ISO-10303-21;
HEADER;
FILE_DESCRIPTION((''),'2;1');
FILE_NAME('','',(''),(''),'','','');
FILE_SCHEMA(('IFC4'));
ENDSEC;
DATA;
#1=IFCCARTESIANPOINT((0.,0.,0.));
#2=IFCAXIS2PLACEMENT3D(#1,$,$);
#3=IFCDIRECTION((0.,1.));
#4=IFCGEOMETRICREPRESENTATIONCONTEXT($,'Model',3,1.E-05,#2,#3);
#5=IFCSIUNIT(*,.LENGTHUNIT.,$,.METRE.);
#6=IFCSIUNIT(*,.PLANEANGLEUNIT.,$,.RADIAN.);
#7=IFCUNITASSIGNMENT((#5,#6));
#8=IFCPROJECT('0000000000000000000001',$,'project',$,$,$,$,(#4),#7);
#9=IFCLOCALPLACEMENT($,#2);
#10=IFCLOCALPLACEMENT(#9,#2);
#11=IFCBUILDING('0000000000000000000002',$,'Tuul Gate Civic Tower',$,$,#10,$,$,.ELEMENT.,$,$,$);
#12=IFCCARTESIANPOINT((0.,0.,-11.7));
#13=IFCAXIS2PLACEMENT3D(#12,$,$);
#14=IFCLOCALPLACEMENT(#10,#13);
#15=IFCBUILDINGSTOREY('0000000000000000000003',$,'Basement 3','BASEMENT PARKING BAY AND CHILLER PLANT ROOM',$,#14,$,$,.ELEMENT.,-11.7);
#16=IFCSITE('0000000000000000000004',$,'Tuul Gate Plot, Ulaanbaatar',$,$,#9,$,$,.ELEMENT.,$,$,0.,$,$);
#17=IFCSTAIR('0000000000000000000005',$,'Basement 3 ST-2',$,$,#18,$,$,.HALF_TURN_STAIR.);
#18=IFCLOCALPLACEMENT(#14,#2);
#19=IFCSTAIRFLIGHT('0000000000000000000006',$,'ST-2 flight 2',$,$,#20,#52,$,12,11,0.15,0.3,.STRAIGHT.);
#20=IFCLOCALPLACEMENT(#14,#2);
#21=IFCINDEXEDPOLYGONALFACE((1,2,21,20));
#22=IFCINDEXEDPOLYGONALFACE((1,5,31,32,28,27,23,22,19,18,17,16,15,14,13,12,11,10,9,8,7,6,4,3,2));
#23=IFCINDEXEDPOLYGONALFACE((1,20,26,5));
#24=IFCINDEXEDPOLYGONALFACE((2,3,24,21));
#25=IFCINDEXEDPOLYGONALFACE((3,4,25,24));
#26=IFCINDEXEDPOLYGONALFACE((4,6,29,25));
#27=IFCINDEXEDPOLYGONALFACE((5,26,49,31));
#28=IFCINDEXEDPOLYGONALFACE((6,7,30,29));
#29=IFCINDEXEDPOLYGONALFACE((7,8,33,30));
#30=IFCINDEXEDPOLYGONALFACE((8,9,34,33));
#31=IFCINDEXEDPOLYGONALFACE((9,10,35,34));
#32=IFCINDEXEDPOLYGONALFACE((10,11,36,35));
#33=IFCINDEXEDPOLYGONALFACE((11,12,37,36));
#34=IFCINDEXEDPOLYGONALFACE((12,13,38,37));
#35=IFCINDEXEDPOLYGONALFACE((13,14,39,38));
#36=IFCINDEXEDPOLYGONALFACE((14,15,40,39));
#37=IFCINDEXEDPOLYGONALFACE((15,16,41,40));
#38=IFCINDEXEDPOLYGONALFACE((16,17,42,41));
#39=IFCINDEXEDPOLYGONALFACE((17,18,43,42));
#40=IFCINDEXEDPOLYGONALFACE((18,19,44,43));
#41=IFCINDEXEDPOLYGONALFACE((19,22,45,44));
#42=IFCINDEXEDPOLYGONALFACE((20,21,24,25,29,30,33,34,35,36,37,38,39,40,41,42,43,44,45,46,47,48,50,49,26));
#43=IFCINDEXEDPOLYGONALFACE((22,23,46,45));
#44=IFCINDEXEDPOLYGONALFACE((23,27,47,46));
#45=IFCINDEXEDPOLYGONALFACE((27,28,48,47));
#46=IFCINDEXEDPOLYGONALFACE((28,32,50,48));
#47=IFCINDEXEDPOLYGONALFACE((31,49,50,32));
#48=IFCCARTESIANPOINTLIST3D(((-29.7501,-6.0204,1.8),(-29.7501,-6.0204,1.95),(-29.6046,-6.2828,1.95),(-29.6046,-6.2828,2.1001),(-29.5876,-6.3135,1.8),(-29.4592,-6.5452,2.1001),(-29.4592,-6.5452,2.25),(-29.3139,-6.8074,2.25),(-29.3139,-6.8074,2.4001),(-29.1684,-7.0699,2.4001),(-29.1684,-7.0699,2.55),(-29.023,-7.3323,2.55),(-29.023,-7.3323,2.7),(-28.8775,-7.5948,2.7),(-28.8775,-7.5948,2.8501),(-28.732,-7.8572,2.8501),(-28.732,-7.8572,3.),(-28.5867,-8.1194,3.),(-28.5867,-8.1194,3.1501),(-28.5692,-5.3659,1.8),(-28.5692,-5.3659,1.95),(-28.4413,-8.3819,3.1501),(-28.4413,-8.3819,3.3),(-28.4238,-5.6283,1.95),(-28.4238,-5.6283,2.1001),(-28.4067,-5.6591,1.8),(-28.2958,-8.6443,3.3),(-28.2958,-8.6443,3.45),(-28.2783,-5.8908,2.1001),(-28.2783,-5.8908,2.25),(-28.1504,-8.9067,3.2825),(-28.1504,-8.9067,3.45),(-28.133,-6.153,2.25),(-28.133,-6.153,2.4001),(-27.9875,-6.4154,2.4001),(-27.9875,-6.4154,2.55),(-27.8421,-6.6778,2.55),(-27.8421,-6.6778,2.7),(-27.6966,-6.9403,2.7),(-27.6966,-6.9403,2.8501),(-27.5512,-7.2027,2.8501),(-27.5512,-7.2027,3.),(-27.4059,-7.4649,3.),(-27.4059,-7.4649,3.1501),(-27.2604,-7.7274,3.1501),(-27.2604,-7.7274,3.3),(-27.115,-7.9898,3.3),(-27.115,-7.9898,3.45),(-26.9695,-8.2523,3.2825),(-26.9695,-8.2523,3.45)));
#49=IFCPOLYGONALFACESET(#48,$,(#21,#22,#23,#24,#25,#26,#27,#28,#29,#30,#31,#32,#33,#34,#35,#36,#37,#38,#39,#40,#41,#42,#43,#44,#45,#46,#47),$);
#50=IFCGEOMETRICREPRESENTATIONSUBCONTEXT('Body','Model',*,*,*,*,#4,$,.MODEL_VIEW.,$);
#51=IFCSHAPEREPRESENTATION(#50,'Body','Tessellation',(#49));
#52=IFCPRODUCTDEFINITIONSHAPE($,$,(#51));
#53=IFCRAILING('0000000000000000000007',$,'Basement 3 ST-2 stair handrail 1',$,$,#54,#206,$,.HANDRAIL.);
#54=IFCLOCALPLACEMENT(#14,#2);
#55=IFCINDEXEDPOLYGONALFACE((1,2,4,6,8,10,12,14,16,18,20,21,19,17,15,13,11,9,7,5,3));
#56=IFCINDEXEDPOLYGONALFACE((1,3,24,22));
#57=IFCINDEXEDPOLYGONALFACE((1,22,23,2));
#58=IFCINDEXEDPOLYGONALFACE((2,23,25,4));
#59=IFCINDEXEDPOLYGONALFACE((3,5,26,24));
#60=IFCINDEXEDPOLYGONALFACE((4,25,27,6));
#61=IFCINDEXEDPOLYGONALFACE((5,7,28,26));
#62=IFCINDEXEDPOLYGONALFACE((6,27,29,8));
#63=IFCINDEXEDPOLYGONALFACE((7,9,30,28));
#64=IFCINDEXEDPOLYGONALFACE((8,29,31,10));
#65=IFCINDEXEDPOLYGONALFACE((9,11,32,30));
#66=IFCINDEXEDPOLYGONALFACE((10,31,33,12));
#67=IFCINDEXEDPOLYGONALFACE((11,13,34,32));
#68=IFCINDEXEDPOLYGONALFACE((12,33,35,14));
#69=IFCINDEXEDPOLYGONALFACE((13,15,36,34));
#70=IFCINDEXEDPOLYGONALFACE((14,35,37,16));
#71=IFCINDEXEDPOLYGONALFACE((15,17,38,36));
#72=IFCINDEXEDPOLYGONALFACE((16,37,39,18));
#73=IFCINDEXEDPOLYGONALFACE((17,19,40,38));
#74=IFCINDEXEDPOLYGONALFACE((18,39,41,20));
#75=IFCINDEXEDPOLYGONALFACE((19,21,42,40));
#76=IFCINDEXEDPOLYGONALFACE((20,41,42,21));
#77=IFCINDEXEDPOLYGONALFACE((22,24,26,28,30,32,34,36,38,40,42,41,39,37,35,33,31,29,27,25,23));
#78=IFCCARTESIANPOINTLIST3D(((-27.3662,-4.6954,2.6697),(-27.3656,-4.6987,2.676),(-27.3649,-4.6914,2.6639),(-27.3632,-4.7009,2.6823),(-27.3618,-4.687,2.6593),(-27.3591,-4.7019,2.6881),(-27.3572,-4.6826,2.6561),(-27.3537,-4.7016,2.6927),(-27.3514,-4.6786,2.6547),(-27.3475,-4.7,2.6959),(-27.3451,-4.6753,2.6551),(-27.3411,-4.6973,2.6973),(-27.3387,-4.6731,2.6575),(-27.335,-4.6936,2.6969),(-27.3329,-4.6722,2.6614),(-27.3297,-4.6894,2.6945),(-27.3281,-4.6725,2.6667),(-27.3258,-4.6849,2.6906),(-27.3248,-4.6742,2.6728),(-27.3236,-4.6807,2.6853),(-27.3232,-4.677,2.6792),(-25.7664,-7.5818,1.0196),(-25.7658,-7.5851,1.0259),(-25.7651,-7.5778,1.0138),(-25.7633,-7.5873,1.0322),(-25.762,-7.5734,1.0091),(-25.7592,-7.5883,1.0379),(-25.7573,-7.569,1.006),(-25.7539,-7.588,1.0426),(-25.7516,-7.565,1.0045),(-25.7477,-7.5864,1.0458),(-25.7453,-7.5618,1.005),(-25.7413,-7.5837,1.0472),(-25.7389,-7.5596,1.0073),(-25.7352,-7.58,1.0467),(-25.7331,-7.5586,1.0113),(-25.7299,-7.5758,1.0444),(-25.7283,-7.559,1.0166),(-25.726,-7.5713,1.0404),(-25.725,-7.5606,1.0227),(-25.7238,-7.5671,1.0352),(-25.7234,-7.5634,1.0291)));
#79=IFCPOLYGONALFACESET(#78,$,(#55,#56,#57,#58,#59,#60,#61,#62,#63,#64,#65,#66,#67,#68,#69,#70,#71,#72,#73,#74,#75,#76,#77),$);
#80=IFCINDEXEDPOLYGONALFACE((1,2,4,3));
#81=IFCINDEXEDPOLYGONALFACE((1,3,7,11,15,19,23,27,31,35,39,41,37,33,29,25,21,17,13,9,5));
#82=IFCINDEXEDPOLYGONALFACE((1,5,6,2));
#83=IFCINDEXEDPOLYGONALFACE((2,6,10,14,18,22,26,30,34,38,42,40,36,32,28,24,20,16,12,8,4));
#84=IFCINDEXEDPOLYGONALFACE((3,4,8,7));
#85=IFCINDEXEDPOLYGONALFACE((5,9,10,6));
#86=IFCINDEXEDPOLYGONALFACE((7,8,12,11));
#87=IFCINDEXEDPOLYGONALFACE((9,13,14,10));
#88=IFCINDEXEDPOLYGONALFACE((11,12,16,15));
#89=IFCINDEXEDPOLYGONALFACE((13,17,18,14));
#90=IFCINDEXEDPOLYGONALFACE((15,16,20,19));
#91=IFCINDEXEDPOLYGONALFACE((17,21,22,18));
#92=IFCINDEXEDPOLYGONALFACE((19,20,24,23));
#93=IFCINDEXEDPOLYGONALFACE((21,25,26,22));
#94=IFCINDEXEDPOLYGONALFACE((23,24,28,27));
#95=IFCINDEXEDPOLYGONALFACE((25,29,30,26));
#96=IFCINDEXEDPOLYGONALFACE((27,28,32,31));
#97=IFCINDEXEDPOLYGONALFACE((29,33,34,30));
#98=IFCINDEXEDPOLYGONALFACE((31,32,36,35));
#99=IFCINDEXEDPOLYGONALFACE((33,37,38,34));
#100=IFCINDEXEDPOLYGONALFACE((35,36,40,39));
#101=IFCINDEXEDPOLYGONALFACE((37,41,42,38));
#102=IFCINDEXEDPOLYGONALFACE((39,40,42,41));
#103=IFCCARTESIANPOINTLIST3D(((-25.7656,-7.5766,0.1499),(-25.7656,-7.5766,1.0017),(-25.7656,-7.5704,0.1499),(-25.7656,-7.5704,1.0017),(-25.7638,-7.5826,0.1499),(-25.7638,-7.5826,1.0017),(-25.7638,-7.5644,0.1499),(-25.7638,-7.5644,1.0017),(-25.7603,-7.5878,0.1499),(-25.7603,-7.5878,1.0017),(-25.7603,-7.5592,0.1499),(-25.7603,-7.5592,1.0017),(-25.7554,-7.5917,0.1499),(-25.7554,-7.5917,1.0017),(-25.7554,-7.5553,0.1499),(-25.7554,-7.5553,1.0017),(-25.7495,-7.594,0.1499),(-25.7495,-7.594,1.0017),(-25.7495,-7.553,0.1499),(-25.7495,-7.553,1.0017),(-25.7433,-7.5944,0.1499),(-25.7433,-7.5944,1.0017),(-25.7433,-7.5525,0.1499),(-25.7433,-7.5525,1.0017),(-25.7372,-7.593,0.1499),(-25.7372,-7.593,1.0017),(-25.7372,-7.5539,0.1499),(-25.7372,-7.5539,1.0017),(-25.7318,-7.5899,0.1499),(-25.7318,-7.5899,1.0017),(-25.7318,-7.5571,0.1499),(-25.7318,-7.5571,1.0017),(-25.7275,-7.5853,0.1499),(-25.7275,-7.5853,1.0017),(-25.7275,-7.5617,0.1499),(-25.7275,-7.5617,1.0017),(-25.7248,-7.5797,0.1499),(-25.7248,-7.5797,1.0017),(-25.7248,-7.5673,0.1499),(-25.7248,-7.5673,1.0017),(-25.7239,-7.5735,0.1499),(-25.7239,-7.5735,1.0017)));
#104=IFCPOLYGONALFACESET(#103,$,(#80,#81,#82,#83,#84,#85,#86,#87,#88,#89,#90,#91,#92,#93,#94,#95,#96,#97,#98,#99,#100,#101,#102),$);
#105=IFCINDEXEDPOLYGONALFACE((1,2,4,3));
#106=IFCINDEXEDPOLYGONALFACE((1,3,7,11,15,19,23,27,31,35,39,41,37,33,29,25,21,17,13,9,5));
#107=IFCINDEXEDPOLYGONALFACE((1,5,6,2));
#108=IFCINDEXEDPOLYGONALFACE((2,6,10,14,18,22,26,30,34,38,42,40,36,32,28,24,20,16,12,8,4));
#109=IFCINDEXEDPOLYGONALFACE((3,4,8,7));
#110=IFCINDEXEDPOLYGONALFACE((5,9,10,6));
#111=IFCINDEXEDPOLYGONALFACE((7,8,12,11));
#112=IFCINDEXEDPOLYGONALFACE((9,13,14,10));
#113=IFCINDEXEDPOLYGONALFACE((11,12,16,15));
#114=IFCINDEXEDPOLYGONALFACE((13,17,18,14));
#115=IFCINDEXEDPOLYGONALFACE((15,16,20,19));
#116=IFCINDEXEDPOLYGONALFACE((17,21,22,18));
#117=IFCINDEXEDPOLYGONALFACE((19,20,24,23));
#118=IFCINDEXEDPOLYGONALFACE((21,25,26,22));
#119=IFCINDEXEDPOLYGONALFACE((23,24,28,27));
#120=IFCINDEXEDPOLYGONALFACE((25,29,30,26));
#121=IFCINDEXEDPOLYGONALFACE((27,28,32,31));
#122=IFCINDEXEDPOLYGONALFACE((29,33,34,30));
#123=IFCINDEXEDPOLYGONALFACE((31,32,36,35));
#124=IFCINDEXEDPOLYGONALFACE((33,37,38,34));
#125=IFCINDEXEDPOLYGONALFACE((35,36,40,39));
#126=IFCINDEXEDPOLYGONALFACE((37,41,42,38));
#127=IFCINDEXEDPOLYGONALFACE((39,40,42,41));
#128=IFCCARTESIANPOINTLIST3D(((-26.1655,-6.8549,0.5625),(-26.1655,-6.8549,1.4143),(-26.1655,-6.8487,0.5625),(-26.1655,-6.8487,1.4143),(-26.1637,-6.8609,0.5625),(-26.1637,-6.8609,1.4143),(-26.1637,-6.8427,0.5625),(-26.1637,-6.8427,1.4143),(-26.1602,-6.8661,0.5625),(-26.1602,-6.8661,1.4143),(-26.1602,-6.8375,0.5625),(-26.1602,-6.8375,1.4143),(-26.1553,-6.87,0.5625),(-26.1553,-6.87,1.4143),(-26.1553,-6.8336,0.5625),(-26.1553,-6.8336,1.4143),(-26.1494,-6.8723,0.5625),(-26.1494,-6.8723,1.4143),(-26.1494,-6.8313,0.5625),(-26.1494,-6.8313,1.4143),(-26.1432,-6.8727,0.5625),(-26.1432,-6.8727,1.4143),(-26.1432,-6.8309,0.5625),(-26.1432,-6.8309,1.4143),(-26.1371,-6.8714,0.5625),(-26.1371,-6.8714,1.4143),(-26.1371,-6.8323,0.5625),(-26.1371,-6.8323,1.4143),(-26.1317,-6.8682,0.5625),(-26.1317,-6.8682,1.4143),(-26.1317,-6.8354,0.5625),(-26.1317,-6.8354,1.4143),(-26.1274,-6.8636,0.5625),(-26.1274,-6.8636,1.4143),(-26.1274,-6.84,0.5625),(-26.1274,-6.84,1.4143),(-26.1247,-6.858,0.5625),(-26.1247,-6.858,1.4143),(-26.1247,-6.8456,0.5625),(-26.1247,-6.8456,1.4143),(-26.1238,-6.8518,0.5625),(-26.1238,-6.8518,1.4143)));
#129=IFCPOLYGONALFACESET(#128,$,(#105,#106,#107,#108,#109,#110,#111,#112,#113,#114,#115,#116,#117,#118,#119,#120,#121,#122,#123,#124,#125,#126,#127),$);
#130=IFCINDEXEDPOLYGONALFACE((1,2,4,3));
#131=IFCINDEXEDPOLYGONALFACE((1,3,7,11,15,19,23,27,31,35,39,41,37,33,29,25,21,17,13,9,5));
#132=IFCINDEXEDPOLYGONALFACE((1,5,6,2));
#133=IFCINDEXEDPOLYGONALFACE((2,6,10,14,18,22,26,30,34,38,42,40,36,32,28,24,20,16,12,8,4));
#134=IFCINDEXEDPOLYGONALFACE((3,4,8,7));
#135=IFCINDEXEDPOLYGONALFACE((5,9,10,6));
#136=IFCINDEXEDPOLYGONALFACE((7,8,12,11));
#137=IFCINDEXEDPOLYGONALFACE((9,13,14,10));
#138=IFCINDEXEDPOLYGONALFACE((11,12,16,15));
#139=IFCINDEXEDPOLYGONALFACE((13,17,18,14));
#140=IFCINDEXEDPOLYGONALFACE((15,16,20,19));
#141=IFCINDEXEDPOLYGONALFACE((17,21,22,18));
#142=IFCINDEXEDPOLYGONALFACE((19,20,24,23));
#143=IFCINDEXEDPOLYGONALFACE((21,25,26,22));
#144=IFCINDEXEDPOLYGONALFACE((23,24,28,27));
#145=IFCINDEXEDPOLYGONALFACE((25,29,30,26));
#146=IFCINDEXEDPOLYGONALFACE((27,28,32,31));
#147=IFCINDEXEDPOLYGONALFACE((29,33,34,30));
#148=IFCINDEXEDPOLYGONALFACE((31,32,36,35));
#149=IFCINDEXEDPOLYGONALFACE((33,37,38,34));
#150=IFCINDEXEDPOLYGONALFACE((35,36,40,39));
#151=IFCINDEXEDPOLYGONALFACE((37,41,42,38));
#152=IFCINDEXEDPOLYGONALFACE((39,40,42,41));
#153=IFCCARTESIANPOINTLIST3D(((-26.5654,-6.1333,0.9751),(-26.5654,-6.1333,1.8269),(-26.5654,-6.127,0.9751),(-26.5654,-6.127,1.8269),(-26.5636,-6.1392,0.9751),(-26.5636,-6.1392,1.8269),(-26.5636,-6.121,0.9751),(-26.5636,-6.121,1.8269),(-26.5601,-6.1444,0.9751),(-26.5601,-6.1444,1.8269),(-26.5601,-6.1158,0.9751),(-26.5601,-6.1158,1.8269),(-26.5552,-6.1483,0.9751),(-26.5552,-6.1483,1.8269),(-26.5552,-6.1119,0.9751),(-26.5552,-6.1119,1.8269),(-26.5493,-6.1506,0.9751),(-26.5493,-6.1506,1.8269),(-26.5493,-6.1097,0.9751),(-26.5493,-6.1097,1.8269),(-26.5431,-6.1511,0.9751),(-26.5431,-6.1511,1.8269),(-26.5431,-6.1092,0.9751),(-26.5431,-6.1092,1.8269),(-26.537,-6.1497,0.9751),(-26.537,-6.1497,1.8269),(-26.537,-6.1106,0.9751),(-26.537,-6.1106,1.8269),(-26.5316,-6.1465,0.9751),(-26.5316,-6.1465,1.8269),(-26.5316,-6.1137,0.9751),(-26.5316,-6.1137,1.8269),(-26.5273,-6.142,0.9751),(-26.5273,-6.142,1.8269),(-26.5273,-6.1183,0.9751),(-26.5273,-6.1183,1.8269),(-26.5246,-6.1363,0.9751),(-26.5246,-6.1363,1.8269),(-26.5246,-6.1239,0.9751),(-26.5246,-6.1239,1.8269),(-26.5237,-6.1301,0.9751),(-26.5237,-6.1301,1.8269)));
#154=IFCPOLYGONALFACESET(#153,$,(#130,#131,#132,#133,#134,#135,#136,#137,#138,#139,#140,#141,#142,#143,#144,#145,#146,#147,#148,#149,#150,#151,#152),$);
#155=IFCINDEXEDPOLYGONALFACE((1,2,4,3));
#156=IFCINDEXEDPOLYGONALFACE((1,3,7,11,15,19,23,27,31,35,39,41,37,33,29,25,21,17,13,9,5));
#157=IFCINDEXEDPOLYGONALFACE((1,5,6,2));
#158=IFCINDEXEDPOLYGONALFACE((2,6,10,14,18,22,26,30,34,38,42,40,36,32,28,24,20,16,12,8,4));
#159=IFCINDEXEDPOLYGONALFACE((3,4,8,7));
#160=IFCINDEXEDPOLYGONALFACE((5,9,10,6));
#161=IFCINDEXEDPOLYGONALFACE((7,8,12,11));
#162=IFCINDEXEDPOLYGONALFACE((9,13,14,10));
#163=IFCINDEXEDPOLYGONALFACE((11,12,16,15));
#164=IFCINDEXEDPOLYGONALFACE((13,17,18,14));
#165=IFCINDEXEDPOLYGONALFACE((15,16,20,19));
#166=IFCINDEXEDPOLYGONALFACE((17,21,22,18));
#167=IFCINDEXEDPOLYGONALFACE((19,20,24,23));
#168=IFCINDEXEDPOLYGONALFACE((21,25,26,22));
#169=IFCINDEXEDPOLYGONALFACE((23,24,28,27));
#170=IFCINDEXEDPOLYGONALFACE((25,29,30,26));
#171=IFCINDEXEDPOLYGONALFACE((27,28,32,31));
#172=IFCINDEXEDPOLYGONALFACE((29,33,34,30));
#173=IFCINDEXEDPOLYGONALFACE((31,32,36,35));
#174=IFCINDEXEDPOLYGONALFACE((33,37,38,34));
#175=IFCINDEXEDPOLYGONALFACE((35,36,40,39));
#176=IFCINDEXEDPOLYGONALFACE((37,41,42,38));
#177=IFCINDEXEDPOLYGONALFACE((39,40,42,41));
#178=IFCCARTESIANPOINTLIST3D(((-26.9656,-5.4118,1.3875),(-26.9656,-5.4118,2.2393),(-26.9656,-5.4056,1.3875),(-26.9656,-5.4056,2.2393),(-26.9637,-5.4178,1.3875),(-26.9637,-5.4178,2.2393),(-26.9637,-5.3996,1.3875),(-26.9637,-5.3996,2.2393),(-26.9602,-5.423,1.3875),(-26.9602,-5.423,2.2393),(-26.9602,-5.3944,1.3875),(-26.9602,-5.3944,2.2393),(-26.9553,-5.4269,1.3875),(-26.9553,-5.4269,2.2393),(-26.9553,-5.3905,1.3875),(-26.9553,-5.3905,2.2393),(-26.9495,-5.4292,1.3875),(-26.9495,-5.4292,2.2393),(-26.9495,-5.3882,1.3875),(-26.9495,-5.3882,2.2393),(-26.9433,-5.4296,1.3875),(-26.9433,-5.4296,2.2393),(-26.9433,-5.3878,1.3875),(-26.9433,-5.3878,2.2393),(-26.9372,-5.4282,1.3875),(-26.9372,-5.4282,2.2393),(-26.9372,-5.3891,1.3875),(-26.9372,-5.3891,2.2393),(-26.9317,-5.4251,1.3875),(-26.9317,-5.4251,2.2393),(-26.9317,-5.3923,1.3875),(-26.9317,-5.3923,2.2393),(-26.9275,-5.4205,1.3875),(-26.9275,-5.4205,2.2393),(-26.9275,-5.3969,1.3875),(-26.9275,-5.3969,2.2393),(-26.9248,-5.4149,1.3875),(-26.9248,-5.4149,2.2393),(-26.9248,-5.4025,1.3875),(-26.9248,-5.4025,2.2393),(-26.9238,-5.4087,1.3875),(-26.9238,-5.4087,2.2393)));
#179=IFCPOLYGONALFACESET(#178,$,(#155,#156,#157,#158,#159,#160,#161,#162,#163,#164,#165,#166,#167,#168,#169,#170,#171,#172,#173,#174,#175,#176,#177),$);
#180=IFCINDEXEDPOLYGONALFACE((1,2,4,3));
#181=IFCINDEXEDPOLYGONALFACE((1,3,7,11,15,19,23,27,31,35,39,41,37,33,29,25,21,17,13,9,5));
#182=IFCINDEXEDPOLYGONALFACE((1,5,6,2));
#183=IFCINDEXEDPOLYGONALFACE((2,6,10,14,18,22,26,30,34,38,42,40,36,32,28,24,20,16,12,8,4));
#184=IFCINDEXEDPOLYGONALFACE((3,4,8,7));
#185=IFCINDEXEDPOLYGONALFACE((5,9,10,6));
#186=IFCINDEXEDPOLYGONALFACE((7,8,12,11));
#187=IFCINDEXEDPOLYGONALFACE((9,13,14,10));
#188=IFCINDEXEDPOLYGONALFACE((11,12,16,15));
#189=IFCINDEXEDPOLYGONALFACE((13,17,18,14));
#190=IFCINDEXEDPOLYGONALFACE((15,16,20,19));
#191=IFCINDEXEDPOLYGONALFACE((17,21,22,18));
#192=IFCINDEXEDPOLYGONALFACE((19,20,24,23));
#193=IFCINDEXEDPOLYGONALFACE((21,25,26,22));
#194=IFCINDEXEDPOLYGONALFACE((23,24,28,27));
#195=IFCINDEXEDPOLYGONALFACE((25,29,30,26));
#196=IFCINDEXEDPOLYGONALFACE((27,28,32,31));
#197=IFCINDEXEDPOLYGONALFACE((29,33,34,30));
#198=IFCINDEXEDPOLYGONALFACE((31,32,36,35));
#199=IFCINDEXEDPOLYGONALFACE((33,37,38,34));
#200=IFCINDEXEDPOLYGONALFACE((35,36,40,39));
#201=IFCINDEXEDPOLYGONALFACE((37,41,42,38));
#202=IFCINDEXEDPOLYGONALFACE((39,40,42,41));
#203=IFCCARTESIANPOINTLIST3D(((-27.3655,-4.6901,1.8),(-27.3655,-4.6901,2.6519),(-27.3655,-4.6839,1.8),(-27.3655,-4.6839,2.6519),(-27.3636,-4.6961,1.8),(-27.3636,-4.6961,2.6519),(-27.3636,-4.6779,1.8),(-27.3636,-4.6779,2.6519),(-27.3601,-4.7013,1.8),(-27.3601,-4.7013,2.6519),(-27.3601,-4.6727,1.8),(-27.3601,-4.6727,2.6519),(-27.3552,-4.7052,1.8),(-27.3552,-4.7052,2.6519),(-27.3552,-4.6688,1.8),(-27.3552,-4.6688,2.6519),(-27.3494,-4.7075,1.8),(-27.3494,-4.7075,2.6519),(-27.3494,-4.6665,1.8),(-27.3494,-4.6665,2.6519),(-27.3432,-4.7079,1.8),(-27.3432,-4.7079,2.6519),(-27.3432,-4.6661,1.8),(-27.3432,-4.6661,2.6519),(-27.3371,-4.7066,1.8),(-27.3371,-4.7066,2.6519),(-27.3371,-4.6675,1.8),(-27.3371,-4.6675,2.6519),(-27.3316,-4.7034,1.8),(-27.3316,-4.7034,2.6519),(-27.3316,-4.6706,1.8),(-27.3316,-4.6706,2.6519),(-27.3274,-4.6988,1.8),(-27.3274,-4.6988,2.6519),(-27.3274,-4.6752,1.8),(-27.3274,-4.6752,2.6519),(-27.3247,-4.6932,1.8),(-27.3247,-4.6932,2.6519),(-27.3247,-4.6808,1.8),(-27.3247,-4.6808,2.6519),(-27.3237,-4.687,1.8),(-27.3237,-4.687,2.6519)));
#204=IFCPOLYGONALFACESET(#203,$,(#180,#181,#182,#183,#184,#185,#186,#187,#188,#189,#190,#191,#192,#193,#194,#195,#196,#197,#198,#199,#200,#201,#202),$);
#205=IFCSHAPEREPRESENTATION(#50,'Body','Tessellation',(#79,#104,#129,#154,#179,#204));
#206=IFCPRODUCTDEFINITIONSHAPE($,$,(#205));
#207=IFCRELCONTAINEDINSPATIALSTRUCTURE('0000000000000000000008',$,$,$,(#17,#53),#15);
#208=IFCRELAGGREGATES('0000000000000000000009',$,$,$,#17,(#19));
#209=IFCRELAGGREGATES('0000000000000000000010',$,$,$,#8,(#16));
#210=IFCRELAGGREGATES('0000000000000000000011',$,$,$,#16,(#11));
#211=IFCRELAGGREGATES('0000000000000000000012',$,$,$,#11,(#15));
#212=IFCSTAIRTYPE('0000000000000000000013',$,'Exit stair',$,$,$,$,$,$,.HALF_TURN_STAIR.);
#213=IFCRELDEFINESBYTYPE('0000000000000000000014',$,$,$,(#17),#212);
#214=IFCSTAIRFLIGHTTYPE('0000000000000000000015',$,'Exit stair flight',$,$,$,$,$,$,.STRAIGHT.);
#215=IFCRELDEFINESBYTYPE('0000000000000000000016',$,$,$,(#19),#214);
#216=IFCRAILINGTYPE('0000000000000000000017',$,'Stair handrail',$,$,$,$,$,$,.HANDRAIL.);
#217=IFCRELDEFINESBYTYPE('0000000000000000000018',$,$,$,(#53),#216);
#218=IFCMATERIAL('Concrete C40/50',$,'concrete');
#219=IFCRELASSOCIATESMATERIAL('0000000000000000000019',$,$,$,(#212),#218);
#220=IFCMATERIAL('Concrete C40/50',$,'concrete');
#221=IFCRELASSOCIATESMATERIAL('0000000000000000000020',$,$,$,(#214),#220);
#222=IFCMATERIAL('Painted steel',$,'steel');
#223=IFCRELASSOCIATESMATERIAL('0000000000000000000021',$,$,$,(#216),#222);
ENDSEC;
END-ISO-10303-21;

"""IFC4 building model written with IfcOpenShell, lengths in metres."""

from ifc_helpers import new_model, si_unit, direction, frame, origin, origin_2d, place, context, subcontext, project, spatial, polyline, circle, outline, extrude, material, type_object, element, aggregate, save


model = new_model("IFC4")

# Units and contexts
model_context = context("Model", 3, precision=1e-05, world=origin(), true_north=direction((0.0, 1.0)))
body_context = subcontext(model_context, "Body", "Model", "MODEL_VIEW")
ifc_project = project(units=[si_unit("LENGTHUNIT", "METRE"), si_unit("PLANEANGLEUNIT", "RADIAN")], contexts=[model_context])

# Site, building, storey
site_placement = place(None, origin())
site = spatial("IfcSite", under=ifc_project, at=site_placement, Name="Tuul Gate Plot, Ulaanbaatar", CompositionType="ELEMENT", RefElevation=0.0)
building_placement = place(site_placement, origin())
building = spatial("IfcBuilding", under=site, at=building_placement, Name="Tuul Gate Civic Tower", CompositionType="ELEMENT")
storey_placement = place(building_placement, frame((0.0, 0.0, -11.7)))
storey = spatial("IfcBuildingStorey", under=building, at=storey_placement, Name="Basement 3", Description="BASEMENT PARKING BAY AND CHILLER PLANT ROOM", CompositionType="ELEMENT", Elevation=-11.7)

# Stair, stair flight
ifc_material_1 = material(Name="Concrete C40/50", Category="concrete")
stair_type = type_object("IfcStairType", Name="Exit stair", PredefinedType="HALF_TURN_STAIR", material=ifc_material_1)
stair_placement = place(storey_placement, origin())
stair = element("IfcStair", 1, at=stair_placement, inside=storey, type_object=stair_type, Name="Basement 3 ST-2", PredefinedType="HALF_TURN_STAIR")
ifc_material_2 = material(Name="Concrete C40/50", Category="concrete")
stair_flight_type = type_object("IfcStairFlightType", Name="Exit stair flight", PredefinedType="STRAIGHT", material=ifc_material_2)
stair_flight_1_placement = place(storey_placement, frame((-29.1597, -5.6931, 1.8), z_axis=(0.0, 0.0, 1.0), x_axis=(0.484762, -0.874646, 0.0)))
stair_flight_1 = element("IfcStairFlight", 2, at=stair_flight_1_placement, type_object=stair_flight_type, Name="ST-2 flight 2", NumberOfRisers=12, NumberOfTreads=11, PredefinedType="STRAIGHT", RiserHeight=0.15, TreadLength=0.3, context=body_context, shape_type="SweptSolid", body=[
    extrude(outline(polyline([(0.0, 0.0), (0.0, 0.1499), (0.3, 0.1499), (0.3, 0.3), (0.6001, 0.3), (0.6001, 0.45), (0.8999, 0.45), (0.8999, 0.6001), (1.2, 0.6001), (1.2, 0.75), (1.5, 0.75), (1.5, 0.8999), (1.8, 0.8999), (1.8, 1.05), (2.1001, 1.05), (2.1001, 1.2), (2.3999, 1.2), (2.3999, 1.3501), (2.7, 1.3501), (2.7, 1.5), (3.0, 1.5), (3.0, 1.6499), (3.3, 1.6499), (3.3, 1.8), (3.3, 1.4824), (0.3352, 0.0), (0.0, 0.0)])), frame((0.0, 0.675, 0.0), z_axis=(0.0, -1.0, 0.0), x_axis=(1.0, 0.0, 0.0)), (0.0, 0.0, 1.0), 1.3501),
])
aggregate(stair, [stair_flight_1])

# Railing
ifc_material_3 = material(Name="Painted steel", Category="steel")
railing_type_1 = type_object("IfcRailingType", Name="Stair handrail", PredefinedType="HANDRAIL", material=ifc_material_3)
railing_1_placement = place(storey_placement, frame((-25.7449, -7.5735, 0.1499)))
element("IfcRailing", 3, at=railing_1_placement, inside=storey, type_object=railing_type_1, Name="Basement 3 ST-2 stair handrail 1", PredefinedType="HANDRAIL", context=body_context, shape_type="SweptSolid", body=[
    extrude(circle(Radius=0.0239, at=origin_2d()), frame((0.0, 0.0, 0.876), z_axis=(-0.433594, 0.782296, 0.447225), x_axis=(-0.874638, -0.484776, 0.0)), (0.0, 0.0, 1.0), 3.6897),
    extrude(circle(Radius=0.021, at=origin_2d()), origin(), (0.0, 0.0, 1.0), 0.8518),
    extrude(circle(Radius=0.021, at=origin_2d()), frame((-0.3999, 0.7217, 0.4126)), (0.0, 0.0, 1.0), 0.8518),
    extrude(circle(Radius=0.021, at=origin_2d()), frame((-0.7998, 1.4434, 0.8252)), (0.0, 0.0, 1.0), 0.8518),
    extrude(circle(Radius=0.021, at=origin_2d()), frame((-1.2, 2.1648, 1.2375)), (0.0, 0.0, 1.0), 0.8518),
    extrude(circle(Radius=0.021, at=origin_2d()), frame((-1.5999, 2.8865, 1.6501)), (0.0, 0.0, 1.0), 0.8518),
])

save(model, "model.ifc")
